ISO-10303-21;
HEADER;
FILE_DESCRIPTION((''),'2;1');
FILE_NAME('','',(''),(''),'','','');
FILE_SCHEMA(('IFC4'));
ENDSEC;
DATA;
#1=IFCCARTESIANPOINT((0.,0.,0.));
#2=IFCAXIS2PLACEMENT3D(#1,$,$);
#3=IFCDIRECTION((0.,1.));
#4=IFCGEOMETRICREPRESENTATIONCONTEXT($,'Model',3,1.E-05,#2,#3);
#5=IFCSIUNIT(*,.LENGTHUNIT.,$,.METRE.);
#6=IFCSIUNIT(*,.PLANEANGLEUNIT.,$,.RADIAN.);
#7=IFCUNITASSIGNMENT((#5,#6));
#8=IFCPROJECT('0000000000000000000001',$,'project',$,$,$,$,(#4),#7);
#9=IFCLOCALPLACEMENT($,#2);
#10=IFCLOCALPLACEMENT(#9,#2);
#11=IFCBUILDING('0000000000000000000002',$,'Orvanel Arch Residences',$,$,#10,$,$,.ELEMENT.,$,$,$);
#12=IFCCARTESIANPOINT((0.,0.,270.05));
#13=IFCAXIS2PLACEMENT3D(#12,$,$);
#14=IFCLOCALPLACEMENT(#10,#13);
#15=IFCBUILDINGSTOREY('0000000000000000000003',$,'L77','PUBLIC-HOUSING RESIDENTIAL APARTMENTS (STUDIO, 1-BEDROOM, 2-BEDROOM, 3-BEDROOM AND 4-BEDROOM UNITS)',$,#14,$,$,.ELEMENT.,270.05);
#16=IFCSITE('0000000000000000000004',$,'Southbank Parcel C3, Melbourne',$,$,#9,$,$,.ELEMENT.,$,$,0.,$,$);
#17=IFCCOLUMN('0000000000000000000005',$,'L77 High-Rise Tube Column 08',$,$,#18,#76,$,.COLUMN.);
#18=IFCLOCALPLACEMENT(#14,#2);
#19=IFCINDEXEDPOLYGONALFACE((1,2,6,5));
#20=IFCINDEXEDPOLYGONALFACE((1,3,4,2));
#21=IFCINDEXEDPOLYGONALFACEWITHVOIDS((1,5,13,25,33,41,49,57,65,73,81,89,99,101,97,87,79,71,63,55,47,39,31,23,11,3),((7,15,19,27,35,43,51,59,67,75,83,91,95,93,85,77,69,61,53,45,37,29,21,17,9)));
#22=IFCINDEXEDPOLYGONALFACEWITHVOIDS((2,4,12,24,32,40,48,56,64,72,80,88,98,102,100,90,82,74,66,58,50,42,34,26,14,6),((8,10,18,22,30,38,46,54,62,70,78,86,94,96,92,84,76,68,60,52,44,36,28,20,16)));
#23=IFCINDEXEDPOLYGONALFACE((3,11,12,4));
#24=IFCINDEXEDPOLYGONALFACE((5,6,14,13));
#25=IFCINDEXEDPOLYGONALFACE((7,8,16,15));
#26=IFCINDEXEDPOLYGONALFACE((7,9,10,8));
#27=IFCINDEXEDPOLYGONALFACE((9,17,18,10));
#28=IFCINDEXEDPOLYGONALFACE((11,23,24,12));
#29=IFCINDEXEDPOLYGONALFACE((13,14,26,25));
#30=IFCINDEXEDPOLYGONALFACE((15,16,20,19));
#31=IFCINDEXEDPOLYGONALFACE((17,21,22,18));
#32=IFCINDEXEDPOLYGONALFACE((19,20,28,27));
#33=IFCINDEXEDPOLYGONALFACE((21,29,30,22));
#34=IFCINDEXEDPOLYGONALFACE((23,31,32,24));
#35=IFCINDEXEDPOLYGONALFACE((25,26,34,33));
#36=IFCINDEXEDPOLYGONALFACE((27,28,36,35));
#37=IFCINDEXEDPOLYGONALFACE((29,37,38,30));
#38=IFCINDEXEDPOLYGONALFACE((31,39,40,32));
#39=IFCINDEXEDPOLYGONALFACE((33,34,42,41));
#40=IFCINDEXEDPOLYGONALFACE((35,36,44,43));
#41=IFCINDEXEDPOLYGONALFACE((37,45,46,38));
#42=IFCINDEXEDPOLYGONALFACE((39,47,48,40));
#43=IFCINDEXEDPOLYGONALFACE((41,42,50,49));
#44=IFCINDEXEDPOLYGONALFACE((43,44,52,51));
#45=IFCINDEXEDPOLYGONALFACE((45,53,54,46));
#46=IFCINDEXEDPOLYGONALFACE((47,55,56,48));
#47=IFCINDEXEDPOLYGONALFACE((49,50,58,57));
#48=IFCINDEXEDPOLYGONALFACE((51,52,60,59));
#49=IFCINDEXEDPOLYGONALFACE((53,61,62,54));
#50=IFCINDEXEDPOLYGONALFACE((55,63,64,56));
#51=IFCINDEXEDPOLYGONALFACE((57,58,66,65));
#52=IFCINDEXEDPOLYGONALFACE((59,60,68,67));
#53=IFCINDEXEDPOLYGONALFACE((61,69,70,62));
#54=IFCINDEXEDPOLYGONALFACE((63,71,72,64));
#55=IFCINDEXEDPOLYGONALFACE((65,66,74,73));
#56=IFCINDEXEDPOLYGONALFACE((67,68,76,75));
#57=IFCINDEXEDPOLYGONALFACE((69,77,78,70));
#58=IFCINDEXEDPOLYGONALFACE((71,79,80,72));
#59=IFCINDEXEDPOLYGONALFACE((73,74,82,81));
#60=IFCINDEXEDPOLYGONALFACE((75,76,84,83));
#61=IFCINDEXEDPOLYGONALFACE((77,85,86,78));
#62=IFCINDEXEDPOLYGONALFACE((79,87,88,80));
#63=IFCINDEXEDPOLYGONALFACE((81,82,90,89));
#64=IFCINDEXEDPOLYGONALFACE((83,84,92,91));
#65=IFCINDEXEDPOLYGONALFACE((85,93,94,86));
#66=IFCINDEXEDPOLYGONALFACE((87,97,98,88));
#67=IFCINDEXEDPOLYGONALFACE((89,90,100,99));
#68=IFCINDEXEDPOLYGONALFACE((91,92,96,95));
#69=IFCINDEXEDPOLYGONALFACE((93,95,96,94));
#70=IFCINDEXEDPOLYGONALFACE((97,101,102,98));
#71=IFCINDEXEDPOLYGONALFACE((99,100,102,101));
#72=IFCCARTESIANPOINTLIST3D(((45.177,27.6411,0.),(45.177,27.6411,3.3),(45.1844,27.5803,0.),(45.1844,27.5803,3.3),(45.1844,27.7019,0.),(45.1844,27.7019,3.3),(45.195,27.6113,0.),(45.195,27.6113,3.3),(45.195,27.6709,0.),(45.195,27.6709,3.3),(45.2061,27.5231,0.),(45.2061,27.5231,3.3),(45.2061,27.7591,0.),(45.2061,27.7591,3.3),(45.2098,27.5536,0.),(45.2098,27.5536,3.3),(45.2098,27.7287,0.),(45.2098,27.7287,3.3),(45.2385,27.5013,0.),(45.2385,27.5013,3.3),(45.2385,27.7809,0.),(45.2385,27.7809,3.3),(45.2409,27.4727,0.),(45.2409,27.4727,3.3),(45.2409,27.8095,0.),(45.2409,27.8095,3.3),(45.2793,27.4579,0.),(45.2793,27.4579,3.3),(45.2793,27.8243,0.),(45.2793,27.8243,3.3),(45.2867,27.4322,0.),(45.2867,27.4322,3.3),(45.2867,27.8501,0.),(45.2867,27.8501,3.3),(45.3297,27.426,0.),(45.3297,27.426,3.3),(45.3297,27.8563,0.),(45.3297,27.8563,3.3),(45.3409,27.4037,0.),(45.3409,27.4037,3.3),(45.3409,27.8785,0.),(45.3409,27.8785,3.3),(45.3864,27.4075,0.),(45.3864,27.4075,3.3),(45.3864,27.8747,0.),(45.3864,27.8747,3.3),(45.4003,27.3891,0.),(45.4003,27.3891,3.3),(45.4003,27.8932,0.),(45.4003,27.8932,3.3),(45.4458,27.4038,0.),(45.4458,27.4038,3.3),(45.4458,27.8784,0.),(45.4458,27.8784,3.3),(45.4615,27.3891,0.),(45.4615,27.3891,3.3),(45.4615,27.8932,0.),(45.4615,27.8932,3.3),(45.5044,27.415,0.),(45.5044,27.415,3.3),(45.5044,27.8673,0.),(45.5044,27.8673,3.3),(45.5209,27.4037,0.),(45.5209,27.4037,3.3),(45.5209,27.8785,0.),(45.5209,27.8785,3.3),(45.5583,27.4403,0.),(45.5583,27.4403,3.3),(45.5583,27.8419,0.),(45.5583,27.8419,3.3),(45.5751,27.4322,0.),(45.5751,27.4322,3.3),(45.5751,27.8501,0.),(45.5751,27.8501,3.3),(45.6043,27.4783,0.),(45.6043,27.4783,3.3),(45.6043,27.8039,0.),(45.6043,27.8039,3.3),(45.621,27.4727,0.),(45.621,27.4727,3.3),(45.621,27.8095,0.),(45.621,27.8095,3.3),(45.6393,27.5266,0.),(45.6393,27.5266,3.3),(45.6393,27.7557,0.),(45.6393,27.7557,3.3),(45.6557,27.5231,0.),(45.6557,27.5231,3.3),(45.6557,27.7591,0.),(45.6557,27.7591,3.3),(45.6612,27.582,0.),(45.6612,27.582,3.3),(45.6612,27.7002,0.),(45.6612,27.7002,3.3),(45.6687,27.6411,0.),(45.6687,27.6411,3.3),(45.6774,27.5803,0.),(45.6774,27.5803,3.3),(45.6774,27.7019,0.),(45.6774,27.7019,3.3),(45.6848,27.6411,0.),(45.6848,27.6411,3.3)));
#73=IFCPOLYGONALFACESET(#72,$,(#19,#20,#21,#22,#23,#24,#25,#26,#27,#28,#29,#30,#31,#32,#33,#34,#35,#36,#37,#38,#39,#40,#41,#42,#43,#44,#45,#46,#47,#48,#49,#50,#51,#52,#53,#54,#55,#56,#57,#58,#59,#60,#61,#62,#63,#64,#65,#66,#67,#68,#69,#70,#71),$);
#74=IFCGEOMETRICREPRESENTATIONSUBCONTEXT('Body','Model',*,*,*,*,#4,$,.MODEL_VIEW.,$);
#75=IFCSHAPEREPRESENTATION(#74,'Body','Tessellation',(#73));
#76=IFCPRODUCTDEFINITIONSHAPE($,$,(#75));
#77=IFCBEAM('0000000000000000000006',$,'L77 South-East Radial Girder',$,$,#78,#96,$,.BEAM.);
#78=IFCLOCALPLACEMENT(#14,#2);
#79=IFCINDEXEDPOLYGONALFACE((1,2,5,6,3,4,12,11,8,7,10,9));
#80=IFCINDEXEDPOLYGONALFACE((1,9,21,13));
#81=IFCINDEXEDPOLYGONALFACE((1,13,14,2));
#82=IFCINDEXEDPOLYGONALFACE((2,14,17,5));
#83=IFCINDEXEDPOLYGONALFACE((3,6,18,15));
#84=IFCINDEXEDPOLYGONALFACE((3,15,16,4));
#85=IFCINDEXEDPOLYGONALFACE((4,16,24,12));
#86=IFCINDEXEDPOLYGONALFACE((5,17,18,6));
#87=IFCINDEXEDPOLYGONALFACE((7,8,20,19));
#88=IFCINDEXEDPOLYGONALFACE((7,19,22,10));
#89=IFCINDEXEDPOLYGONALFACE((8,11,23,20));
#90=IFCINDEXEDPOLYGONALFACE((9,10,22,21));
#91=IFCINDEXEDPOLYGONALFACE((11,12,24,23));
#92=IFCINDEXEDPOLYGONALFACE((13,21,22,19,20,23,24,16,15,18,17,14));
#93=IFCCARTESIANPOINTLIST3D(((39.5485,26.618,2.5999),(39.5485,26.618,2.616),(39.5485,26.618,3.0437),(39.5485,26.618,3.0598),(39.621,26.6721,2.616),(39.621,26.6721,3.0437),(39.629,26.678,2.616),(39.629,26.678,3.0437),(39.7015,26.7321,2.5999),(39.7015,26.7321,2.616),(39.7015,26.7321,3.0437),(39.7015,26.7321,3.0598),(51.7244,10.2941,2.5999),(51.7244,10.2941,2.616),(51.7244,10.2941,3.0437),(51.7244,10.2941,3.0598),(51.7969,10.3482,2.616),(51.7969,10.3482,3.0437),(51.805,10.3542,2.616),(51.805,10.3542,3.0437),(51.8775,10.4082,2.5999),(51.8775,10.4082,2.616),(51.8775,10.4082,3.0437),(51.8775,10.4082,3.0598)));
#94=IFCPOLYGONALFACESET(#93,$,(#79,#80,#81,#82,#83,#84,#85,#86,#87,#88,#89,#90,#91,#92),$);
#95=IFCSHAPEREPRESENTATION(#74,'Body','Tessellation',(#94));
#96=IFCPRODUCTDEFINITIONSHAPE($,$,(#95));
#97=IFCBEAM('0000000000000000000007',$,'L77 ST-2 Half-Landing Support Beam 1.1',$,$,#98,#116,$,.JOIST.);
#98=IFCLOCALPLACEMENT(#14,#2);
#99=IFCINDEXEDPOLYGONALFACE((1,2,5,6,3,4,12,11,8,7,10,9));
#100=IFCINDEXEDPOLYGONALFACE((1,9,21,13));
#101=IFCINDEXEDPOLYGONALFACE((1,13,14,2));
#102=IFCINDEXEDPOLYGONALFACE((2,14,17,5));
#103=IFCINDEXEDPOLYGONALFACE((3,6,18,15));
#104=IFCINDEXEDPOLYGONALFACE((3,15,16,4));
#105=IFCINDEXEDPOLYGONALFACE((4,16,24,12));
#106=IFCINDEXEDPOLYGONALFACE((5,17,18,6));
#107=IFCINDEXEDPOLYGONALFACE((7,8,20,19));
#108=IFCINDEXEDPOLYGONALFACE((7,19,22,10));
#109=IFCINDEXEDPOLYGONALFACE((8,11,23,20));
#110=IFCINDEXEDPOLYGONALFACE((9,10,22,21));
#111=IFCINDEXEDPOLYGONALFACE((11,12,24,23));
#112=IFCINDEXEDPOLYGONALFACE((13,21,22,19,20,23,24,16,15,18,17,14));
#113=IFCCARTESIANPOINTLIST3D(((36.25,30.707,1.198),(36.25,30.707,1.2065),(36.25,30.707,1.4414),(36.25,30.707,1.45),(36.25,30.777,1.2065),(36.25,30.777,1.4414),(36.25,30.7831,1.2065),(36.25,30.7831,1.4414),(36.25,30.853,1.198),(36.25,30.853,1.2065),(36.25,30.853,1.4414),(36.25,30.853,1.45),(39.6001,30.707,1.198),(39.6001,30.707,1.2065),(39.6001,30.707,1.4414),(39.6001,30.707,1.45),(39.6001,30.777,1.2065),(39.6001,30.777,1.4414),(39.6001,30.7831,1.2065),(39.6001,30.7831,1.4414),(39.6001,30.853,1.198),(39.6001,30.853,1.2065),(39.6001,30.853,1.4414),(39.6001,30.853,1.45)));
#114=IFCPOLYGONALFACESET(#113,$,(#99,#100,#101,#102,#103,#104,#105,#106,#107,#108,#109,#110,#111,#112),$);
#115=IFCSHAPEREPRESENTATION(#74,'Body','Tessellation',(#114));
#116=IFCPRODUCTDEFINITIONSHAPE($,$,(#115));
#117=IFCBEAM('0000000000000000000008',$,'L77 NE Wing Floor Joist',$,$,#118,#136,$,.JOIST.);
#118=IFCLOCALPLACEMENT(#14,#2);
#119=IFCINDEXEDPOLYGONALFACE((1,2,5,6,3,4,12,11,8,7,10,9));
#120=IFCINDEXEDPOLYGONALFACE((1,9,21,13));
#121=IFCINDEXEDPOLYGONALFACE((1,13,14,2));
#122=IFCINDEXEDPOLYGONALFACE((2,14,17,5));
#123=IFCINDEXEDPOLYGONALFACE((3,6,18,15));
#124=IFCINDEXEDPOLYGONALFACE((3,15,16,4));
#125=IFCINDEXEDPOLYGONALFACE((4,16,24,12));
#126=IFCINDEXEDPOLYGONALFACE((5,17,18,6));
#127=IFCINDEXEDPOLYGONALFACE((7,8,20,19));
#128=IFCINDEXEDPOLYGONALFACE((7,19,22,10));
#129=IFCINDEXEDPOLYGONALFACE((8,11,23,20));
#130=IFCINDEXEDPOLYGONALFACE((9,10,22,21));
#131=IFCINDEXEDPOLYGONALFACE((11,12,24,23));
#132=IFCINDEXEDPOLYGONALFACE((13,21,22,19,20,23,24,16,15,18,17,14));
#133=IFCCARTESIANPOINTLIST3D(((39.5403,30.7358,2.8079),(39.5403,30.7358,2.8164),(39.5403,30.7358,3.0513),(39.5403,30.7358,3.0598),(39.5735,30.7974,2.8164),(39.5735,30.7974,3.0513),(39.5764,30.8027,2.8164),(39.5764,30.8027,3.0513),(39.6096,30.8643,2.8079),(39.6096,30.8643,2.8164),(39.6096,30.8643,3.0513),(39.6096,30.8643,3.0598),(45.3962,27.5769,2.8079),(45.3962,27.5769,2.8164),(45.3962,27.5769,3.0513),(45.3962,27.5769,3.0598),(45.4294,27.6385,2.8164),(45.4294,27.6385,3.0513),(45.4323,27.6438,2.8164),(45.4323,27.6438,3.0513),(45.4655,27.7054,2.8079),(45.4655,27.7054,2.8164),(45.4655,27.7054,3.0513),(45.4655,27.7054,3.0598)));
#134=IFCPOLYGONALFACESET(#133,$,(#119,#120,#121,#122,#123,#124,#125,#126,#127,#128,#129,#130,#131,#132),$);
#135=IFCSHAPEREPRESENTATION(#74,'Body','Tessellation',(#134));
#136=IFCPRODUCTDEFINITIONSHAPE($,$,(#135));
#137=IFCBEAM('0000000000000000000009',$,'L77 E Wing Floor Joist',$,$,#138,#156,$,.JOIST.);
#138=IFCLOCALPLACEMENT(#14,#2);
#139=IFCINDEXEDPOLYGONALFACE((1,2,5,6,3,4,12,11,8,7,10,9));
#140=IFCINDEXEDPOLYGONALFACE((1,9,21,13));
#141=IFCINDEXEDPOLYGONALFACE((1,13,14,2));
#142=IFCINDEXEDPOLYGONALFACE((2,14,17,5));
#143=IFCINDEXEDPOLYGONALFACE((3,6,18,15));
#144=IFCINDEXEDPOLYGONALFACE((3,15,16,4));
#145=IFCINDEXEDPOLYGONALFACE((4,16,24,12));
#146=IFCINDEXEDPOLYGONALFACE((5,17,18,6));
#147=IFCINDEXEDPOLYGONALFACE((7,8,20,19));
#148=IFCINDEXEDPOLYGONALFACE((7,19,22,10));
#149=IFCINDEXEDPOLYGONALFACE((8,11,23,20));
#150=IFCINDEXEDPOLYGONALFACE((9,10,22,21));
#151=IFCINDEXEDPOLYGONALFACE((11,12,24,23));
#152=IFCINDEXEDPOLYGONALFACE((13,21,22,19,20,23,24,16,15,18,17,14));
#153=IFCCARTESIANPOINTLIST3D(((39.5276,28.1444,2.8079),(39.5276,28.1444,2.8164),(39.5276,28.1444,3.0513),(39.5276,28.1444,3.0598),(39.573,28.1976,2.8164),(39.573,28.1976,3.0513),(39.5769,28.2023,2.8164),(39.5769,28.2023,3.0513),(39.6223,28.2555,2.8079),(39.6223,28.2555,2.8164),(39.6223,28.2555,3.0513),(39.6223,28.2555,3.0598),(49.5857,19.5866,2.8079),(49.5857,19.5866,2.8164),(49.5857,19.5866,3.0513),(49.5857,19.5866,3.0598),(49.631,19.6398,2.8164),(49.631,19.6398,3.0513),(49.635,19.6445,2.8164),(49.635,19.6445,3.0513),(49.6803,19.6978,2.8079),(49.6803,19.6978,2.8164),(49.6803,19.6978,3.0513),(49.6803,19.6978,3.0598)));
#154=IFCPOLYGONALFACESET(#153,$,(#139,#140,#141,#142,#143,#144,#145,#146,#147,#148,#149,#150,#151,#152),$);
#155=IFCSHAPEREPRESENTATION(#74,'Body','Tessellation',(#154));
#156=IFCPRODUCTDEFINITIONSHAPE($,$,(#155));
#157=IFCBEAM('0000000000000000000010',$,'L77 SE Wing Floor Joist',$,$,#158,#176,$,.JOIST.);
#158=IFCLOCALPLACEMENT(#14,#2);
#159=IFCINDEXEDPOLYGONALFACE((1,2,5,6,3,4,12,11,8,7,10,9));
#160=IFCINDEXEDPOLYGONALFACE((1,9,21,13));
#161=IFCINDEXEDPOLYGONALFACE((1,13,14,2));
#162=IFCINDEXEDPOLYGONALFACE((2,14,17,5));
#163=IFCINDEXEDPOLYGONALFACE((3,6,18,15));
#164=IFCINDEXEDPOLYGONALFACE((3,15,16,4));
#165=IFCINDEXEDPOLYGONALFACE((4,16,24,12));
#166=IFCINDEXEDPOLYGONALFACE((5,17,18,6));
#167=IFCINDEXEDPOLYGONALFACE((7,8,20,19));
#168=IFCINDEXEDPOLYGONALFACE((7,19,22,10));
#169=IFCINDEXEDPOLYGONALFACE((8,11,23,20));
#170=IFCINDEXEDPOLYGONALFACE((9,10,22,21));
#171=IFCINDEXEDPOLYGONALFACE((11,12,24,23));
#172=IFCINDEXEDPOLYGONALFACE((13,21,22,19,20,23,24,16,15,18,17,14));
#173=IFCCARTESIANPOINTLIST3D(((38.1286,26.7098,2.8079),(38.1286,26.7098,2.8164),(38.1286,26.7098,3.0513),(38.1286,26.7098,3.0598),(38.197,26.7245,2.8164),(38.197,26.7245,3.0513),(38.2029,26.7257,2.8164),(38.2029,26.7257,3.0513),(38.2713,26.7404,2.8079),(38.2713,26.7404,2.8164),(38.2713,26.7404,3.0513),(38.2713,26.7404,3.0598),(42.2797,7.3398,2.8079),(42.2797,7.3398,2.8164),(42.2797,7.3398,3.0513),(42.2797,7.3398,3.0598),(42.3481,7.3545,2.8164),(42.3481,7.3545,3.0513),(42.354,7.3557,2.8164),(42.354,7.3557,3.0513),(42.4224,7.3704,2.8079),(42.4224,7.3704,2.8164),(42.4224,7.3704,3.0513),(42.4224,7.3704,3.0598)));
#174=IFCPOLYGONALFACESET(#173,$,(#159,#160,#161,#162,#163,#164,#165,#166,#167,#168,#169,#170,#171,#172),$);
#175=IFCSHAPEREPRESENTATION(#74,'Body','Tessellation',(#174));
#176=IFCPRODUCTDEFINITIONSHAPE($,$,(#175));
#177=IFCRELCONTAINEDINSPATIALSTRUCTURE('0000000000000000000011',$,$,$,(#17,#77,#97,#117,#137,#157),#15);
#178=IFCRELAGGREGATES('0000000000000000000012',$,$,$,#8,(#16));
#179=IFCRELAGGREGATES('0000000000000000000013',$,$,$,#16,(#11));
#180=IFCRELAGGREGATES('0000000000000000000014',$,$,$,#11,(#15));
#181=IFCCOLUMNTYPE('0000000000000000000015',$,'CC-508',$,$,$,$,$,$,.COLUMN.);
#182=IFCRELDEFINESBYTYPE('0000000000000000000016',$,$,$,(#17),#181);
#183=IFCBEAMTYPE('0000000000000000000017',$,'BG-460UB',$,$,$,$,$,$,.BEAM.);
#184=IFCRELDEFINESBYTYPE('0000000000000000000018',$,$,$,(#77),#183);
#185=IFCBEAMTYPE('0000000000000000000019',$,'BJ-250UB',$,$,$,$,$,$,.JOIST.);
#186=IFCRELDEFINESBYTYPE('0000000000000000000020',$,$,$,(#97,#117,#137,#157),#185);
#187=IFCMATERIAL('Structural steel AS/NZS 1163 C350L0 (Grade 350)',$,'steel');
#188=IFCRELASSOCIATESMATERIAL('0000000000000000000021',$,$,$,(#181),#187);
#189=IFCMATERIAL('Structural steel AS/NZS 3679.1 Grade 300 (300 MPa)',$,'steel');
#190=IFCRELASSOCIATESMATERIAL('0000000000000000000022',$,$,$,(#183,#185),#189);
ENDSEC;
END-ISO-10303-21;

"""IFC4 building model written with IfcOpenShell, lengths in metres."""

from ifc_helpers import new_model, si_unit, direction, frame, origin, origin_2d, place, context, subcontext, project, spatial, hollow_circle, i_section, extrude, material, material_profile, profile_set, type_object, element, save


model = new_model("IFC4")

# Units and contexts
model_context = context("Model", 3, precision=1e-05, world=origin(), true_north=direction((0.0, 1.0)))
body_context = subcontext(model_context, "Body", "Model", "MODEL_VIEW")
ifc_project = project(units=[si_unit("LENGTHUNIT", "METRE"), si_unit("PLANEANGLEUNIT", "RADIAN")], contexts=[model_context])

# Site, building, storey
site_placement = place(None, origin())
site = spatial("IfcSite", under=ifc_project, at=site_placement, Name="Southbank Parcel C3, Melbourne", CompositionType="ELEMENT", RefElevation=0.0)
building_placement = place(site_placement, origin())
building = spatial("IfcBuilding", under=site, at=building_placement, Name="Orvanel Arch Residences", CompositionType="ELEMENT")
storey_placement = place(building_placement, frame((0.0, 0.0, 270.05)))
storey = spatial("IfcBuildingStorey", under=building, at=storey_placement, Name="L77", Description="PUBLIC-HOUSING RESIDENTIAL APARTMENTS (STUDIO, 1-BEDROOM, 2-BEDROOM, 3-BEDROOM AND 4-BEDROOM UNITS)", CompositionType="ELEMENT", Elevation=270.05)

# Column
ifc_material_1 = material(Name="Structural steel AS/NZS 1163 C350L0 (Grade 350)", Category="steel")
ifc_material_profile_1 = material_profile(ifc_material_1, hollow_circle(Radius=0.2539, WallThickness=0.0161, at=origin_2d()), Name="CHS508x16")
ifc_profile_set_1 = profile_set([ifc_material_profile_1], Name="Structural steel AS/NZS 1163 C350L0 (Grade 350)")
column_type = type_object("IfcColumnType", Name="CC-508", PredefinedType="COLUMN", material=ifc_profile_set_1)
column_placement = place(storey_placement, frame((45.4309, 27.6411, 0.0), z_axis=(0.0, 0.0, 1.0), x_axis=(1.0, 0.0, 0.0)))
element("IfcColumn", 1, at=column_placement, inside=storey, type_object=column_type, Name="L77 High-Rise Tube Column 08", PredefinedType="COLUMN", context=body_context, shape_type="SweptSolid", body=[
    extrude(hollow_circle(Radius=0.2539, WallThickness=0.0161, at=origin_2d()), origin(), (0.0, 0.0, 1.0), 3.3),
])

# Beams
ifc_material_2 = material(Name="Structural steel AS/NZS 3679.1 Grade 300 (300 MPa)", Category="steel")
ifc_material_profile_2 = material_profile(ifc_material_2, i_section(OverallWidth=0.1909, OverallDepth=0.46, WebThickness=0.01, FlangeThickness=0.0161, at=origin_2d()), Name="460UB82.1")
ifc_profile_set_2 = profile_set([ifc_material_profile_2], Name="Structural steel AS/NZS 3679.1 Grade 300 (300 MPa)")
beam_type_1 = type_object("IfcBeamType", Name="BG-460UB", PredefinedType="BEAM", material=ifc_profile_set_2)
beam_1_placement = place(storey_placement, frame((39.625, 26.675, 2.8298), z_axis=(0.597894, -0.801575, 0.0), x_axis=(0.801575, 0.597894, 0.0)))
element("IfcBeam", 2, at=beam_1_placement, inside=storey, type_object=beam_type_1, Name="L77 South-East Radial Girder", PredefinedType="BEAM", context=body_context, shape_type="SweptSolid", body=[
    extrude(i_section(OverallWidth=0.1909, OverallDepth=0.46, WebThickness=0.01, FlangeThickness=0.0161, at=origin_2d()), origin(), (0.0, 0.0, 1.0), 20.3647),
])
ifc_material_profile_3 = material_profile(ifc_material_2, i_section(OverallWidth=0.146, OverallDepth=0.252, WebThickness=0.0061, FlangeThickness=0.0085, at=origin_2d()), Name="250UB31.4")
ifc_profile_set_3 = profile_set([ifc_material_profile_3], Name="Structural steel AS/NZS 3679.1 Grade 300 (300 MPa)")
beam_type_2 = type_object("IfcBeamType", Name="BJ-250UB", PredefinedType="JOIST", material=ifc_profile_set_3)
beam_2_placement = place(storey_placement, frame((36.25, 30.78, 1.324), z_axis=(1.0, 0.0, 0.0), x_axis=(0.0, 1.0, 0.0)))
element("IfcBeam", 3, at=beam_2_placement, inside=storey, type_object=beam_type_2, Name="L77 ST-2 Half-Landing Support Beam 1.1", PredefinedType="JOIST", context=body_context, shape_type="SweptSolid", body=[
    extrude(i_section(OverallWidth=0.146, OverallDepth=0.252, WebThickness=0.0061, FlangeThickness=0.0085, at=origin_2d()), origin(), (0.0, 0.0, 1.0), 3.3501),
])
beam_3_placement = place(storey_placement, frame((39.575, 30.8, 2.9338), z_axis=(0.880111, -0.474767, 0.0), x_axis=(0.474767, 0.880111, 0.0)))
element("IfcBeam", 4, at=beam_3_placement, inside=storey, type_object=beam_type_2, Name="L77 NE Wing Floor Joist", PredefinedType="JOIST", context=body_context, shape_type="SweptSolid", body=[
    extrude(i_section(OverallWidth=0.146, OverallDepth=0.252, WebThickness=0.0061, FlangeThickness=0.0085, at=origin_2d()), origin(), (0.0, 0.0, 1.0), 6.6536),
])
beam_4_placement = place(storey_placement, frame((39.575, 28.2, 2.9338), z_axis=(0.761623, -0.648021, 0.0), x_axis=(0.648021, 0.761623, 0.0)))
element("IfcBeam", 5, at=beam_4_placement, inside=storey, type_object=beam_type_2, Name="L77 E Wing Floor Joist", PredefinedType="JOIST", context=body_context, shape_type="SweptSolid", body=[
    extrude(i_section(OverallWidth=0.146, OverallDepth=0.252, WebThickness=0.0061, FlangeThickness=0.0085, at=origin_2d()), origin(), (0.0, 0.0, 1.0), 13.2061),
])
beam_5_placement = place(storey_placement, frame((38.2, 26.7251, 2.9338), z_axis=(0.209548, -0.977798, 0.0), x_axis=(0.977798, 0.209548, 0.0)))
element("IfcBeam", 6, at=beam_5_placement, inside=storey, type_object=beam_type_2, Name="L77 SE Wing Floor Joist", PredefinedType="JOIST", context=body_context, shape_type="SweptSolid", body=[
    extrude(i_section(OverallWidth=0.146, OverallDepth=0.252, WebThickness=0.0061, FlangeThickness=0.0085, at=origin_2d()), origin(), (0.0, 0.0, 1.0), 19.8098),
])

save(model, "model.ifc")
